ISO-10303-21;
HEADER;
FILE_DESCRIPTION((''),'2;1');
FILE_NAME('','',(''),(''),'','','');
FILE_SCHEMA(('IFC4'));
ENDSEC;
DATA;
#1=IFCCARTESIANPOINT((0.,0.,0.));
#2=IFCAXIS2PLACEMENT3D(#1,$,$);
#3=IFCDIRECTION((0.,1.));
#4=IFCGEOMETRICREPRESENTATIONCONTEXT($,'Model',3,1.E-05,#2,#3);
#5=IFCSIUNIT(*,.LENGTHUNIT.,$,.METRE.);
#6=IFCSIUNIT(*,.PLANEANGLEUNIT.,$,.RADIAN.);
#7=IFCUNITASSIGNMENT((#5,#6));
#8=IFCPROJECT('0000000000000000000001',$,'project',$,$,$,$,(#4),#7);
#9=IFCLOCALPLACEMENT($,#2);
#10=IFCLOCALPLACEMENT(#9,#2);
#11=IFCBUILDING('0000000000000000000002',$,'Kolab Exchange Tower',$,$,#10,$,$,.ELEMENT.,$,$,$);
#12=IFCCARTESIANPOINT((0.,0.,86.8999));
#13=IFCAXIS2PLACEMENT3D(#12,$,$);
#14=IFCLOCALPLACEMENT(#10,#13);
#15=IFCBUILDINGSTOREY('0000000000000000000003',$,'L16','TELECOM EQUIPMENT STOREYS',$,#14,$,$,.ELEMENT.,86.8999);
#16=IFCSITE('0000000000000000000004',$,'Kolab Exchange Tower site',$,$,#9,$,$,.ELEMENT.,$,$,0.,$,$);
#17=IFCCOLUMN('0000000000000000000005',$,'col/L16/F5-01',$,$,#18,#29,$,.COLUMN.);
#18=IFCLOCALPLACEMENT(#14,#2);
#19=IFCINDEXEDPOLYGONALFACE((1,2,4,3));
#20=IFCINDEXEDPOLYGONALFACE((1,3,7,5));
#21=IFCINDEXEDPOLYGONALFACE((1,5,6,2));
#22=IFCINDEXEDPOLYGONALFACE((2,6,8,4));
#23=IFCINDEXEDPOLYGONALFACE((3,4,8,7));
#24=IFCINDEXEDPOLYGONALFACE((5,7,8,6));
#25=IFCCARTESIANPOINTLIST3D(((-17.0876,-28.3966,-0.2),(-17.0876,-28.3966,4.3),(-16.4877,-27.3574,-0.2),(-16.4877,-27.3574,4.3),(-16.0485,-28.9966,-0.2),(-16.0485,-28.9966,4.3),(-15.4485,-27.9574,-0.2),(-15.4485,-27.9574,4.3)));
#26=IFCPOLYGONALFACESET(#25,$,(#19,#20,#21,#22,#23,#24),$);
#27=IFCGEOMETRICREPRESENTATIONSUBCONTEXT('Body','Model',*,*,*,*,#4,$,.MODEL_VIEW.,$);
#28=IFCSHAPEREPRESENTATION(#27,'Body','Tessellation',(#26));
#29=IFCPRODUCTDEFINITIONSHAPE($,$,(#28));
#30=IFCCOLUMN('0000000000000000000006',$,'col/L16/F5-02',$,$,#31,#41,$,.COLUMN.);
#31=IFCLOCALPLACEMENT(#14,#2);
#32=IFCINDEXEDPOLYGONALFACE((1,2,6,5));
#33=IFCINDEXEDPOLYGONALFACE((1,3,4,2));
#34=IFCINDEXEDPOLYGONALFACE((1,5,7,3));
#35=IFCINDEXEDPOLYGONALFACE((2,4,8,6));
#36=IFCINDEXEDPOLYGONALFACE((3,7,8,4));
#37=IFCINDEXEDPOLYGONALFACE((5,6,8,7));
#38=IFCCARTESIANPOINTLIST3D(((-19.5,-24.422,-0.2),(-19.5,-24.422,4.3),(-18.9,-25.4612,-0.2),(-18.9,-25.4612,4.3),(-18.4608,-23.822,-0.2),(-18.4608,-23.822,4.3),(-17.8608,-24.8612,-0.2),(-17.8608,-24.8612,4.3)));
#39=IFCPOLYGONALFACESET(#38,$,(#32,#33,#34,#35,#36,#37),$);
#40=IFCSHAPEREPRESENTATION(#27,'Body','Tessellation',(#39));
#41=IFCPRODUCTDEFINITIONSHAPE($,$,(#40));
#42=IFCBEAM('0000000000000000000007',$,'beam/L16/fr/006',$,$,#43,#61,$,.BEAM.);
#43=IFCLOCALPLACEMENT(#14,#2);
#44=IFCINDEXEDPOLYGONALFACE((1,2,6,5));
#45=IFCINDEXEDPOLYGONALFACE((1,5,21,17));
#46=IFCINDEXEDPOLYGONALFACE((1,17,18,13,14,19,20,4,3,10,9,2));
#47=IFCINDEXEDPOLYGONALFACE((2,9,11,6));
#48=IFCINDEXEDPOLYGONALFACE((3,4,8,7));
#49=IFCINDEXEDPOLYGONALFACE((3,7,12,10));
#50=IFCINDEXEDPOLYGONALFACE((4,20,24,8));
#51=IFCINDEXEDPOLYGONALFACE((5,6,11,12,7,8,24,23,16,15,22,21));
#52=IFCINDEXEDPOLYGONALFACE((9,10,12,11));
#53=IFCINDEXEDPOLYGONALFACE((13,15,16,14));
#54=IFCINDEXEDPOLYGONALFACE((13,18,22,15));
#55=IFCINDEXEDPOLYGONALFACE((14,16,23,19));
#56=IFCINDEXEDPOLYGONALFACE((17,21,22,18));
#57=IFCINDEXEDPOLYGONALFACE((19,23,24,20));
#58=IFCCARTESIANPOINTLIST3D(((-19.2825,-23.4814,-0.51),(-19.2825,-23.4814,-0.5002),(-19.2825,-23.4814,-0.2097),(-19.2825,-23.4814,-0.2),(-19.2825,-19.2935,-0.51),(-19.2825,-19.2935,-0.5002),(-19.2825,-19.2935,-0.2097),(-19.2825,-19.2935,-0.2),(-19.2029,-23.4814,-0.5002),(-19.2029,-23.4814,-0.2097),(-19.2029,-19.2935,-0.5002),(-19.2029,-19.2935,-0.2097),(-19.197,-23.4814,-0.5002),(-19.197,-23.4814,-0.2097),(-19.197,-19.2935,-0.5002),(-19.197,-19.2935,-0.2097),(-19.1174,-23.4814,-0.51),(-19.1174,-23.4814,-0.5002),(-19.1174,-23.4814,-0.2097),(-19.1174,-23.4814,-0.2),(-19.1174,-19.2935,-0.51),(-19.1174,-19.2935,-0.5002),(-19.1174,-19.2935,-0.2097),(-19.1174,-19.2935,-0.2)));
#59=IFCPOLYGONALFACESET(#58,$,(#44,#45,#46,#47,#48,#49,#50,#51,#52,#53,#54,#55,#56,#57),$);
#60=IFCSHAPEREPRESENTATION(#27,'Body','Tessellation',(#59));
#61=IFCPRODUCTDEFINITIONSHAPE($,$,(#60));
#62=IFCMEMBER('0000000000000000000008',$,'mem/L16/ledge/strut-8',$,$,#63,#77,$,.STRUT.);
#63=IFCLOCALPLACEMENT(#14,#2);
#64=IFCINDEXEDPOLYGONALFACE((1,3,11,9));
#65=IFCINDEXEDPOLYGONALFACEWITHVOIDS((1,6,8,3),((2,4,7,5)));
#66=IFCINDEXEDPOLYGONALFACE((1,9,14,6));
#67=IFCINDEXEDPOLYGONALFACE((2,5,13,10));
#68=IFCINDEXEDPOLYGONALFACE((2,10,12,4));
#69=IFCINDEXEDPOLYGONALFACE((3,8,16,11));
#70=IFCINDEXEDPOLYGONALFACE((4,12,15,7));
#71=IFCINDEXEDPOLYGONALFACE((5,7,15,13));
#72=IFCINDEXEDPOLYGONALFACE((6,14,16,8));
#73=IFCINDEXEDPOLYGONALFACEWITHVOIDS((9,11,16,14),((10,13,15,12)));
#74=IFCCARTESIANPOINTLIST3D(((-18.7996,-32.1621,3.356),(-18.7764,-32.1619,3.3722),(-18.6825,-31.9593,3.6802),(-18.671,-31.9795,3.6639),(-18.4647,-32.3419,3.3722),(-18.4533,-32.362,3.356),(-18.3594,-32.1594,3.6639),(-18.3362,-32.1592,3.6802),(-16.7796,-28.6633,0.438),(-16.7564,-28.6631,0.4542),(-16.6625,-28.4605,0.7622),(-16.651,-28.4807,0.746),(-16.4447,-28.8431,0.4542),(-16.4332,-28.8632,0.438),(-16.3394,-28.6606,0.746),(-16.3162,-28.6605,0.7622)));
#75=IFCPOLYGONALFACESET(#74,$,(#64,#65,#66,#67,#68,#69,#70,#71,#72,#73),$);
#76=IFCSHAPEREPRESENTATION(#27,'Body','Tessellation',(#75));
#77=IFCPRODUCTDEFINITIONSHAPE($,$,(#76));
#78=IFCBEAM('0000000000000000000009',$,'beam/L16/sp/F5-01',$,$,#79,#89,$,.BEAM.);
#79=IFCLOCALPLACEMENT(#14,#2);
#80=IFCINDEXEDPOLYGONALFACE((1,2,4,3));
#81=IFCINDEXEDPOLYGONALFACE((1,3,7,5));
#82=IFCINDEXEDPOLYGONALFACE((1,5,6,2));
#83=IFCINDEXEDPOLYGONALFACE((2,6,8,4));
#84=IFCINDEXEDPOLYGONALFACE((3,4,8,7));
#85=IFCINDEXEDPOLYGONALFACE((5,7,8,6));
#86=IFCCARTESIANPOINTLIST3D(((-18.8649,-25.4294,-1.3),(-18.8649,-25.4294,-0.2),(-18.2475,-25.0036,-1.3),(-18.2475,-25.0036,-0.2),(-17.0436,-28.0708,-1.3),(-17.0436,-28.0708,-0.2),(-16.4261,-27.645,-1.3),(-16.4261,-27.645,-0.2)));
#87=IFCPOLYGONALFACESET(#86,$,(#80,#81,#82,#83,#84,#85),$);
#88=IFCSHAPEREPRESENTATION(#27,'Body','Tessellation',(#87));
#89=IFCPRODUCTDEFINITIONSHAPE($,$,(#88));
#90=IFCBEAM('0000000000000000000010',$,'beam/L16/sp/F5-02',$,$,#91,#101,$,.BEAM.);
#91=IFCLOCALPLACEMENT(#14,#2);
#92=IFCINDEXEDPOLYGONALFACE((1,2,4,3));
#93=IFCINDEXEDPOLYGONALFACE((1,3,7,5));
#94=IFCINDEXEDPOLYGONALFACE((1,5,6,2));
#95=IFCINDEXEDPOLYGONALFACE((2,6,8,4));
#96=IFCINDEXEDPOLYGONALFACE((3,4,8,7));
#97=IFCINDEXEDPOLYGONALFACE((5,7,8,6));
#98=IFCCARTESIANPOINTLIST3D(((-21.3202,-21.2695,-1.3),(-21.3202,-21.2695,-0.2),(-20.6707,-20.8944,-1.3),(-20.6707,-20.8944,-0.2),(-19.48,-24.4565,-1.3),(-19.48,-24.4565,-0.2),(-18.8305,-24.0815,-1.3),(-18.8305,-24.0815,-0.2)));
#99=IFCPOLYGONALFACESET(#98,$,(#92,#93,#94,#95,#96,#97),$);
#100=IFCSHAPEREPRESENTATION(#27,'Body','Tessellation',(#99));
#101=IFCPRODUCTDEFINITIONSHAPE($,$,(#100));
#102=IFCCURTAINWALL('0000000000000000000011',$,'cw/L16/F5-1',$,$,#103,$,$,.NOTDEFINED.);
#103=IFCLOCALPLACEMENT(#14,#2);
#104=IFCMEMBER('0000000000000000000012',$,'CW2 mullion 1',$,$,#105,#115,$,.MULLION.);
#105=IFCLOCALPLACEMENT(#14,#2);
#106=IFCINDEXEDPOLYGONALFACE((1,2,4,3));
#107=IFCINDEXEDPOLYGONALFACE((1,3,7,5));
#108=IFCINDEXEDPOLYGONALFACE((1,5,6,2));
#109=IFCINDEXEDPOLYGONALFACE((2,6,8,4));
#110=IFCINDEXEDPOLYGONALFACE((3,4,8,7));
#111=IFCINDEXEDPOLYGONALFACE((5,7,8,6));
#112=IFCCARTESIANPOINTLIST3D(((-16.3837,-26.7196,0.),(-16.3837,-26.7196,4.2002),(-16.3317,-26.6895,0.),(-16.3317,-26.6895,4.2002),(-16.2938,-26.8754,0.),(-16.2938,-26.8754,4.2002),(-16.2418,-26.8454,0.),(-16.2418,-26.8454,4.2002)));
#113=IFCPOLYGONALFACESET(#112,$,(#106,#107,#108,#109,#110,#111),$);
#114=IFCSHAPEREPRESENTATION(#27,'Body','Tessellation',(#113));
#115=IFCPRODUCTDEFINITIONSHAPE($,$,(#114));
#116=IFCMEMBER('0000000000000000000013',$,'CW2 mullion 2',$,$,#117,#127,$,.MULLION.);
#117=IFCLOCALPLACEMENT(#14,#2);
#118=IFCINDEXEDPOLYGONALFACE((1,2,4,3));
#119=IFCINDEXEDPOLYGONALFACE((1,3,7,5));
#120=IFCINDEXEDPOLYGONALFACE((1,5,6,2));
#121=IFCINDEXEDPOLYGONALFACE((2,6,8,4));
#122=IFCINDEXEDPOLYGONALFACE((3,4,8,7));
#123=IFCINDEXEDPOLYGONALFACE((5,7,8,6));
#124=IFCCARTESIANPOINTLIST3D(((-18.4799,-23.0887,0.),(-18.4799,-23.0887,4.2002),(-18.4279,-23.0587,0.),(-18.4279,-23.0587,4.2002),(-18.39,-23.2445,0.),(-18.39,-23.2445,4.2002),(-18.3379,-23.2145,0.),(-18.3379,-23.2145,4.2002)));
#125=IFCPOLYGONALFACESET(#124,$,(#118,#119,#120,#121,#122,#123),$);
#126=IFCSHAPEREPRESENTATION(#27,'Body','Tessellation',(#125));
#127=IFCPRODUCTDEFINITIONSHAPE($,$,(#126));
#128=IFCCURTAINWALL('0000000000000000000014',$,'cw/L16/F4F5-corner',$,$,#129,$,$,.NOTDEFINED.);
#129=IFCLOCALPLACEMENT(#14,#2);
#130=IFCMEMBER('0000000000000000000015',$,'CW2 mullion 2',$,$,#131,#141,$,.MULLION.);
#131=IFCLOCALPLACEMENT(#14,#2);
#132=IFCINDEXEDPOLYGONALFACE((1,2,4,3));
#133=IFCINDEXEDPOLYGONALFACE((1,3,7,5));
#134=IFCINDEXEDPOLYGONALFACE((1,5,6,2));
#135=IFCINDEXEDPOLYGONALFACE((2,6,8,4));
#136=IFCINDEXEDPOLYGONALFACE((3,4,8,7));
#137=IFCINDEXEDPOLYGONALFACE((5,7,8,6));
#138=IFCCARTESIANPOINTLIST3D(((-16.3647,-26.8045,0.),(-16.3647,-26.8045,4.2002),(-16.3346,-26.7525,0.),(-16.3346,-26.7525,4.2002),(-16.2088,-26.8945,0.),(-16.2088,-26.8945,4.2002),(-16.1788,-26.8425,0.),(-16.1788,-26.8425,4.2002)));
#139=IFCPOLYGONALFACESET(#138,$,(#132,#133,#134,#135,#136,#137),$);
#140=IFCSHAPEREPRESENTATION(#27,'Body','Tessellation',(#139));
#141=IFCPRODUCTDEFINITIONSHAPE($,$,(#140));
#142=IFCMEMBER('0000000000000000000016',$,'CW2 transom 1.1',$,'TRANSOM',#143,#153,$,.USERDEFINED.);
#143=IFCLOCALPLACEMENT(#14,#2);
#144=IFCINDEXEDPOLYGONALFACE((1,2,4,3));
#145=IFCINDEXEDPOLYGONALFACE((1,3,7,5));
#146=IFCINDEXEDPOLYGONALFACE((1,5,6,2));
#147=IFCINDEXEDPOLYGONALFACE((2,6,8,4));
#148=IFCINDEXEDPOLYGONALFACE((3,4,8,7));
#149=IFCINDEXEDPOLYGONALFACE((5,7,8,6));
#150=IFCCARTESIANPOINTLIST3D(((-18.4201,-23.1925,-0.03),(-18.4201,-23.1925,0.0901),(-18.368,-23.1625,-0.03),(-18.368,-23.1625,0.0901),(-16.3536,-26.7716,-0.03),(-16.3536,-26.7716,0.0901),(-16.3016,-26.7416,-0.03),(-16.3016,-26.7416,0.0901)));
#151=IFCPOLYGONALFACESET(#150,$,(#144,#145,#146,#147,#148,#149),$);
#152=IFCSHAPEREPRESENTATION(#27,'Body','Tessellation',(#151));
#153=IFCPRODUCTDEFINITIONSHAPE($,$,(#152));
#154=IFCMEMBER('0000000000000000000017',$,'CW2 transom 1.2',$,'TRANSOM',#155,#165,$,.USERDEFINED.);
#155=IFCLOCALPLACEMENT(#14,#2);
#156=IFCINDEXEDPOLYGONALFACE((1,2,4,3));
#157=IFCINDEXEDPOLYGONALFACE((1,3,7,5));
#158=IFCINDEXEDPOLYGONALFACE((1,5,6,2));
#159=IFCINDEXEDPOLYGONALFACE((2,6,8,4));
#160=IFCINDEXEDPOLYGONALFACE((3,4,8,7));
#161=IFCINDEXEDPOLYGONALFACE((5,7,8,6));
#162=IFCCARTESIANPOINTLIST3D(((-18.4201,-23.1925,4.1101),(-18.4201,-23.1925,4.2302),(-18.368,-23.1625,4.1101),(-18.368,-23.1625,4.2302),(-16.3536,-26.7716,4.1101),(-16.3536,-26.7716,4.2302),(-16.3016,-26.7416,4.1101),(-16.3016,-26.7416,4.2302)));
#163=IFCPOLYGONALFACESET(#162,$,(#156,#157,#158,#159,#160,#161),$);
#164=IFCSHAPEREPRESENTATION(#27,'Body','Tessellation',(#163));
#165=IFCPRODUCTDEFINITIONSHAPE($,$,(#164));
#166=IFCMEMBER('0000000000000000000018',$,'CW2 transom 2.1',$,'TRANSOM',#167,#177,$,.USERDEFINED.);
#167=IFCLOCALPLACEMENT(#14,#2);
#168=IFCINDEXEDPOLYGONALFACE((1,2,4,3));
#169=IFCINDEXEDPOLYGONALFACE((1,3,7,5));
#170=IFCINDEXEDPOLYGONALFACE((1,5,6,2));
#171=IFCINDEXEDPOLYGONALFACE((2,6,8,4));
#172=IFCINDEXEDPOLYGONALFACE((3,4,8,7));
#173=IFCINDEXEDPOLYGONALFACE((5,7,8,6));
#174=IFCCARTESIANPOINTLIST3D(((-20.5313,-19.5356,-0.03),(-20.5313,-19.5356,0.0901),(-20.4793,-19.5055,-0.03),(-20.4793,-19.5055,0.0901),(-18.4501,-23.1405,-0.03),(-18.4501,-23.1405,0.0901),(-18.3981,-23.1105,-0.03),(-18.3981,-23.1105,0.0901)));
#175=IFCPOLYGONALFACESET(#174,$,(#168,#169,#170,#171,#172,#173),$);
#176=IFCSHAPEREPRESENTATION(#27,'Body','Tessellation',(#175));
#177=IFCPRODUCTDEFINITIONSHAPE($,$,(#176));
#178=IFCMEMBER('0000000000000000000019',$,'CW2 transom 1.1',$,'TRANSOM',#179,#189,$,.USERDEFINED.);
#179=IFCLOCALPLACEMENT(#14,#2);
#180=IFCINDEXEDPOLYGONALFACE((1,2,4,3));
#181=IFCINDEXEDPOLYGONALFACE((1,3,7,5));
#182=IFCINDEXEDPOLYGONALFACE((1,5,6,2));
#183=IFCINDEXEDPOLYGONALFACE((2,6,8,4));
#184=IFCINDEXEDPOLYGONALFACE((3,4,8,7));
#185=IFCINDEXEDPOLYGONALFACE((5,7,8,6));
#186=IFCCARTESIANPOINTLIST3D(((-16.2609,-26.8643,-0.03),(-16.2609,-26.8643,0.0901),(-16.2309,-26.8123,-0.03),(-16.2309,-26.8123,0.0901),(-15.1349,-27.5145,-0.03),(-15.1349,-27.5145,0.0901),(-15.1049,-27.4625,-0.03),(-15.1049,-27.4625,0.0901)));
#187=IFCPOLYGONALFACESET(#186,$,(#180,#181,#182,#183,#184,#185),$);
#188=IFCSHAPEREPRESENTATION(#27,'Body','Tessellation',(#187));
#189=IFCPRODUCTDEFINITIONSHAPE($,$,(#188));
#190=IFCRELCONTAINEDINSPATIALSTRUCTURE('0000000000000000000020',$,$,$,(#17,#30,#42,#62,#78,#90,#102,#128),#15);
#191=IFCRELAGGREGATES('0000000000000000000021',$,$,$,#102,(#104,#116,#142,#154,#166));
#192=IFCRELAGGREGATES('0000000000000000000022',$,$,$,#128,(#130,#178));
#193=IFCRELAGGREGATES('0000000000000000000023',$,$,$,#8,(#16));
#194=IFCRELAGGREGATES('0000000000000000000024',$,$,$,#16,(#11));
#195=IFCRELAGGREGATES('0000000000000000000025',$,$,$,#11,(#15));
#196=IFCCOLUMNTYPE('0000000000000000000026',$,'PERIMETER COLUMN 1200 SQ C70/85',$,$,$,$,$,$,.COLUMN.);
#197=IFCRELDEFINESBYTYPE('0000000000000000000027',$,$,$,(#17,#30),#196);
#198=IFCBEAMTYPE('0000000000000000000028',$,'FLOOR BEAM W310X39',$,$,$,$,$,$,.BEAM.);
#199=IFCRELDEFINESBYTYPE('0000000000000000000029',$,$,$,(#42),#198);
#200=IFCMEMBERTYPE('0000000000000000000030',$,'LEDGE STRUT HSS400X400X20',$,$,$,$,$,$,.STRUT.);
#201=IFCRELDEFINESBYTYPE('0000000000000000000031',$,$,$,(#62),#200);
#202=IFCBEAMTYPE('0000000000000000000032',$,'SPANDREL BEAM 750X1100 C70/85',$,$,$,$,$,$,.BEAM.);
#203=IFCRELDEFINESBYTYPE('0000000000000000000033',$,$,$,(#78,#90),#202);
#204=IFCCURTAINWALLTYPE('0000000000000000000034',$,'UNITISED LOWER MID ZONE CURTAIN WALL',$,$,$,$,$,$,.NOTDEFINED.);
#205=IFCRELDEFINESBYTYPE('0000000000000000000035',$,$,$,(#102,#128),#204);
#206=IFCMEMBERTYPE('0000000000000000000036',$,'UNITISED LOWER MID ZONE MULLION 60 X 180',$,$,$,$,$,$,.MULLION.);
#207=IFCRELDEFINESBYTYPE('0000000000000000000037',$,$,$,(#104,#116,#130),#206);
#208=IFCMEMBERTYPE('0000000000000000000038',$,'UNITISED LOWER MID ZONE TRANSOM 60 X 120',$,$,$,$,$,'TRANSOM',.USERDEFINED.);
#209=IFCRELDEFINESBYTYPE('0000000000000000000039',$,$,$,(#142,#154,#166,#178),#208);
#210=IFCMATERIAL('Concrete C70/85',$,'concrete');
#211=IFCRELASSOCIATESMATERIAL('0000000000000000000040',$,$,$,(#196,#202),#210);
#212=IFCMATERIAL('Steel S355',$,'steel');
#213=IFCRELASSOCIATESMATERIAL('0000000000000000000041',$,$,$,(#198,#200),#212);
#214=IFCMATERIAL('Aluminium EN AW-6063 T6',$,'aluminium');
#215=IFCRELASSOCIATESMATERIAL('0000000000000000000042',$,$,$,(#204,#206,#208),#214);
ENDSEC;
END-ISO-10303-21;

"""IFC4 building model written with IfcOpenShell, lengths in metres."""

from ifc_helpers import new_model, si_unit, direction, frame, origin, origin_2d, place, context, subcontext, project, spatial, rectangle, hollow_rectangle, i_section, extrude, material, material_profile, profile_set, type_object, element, aggregate, save


model = new_model("IFC4")

# Units and contexts
model_context = context("Model", 3, precision=1e-05, world=origin(), true_north=direction((0.0, 1.0)))
body_context = subcontext(model_context, "Body", "Model", "MODEL_VIEW")
ifc_project = project(units=[si_unit("LENGTHUNIT", "METRE"), si_unit("PLANEANGLEUNIT", "RADIAN")], contexts=[model_context])

# Site, building, storey
site_placement = place(None, origin())
site = spatial("IfcSite", under=ifc_project, at=site_placement, Name="Kolab Exchange Tower site", CompositionType="ELEMENT", RefElevation=0.0)
building_placement = place(site_placement, origin())
building = spatial("IfcBuilding", under=site, at=building_placement, Name="Kolab Exchange Tower", CompositionType="ELEMENT")
storey_placement = place(building_placement, frame((0.0, 0.0, 86.8999)))
storey = spatial("IfcBuildingStorey", under=building, at=storey_placement, Name="L16", Description="TELECOM EQUIPMENT STOREYS", CompositionType="ELEMENT", Elevation=86.8999)

# Columns
ifc_material_1 = material(Name="Concrete C70/85", Category="concrete")
ifc_material_profile_1 = material_profile(ifc_material_1, rectangle(XDim=1.2, YDim=1.2, at=origin_2d()), Name="RC1200")
ifc_profile_set_1 = profile_set([ifc_material_profile_1], Name="Concrete C70/85")
column_type = type_object("IfcColumnType", Name="PERIMETER COLUMN 1200 SQ C70/85", PredefinedType="COLUMN", material=ifc_profile_set_1)
for number, where, z_axis, x_axis, name in (
    (1, (-16.2681, -28.177, -0.2), (0.0, 0.0, 1.0), (0.5, 0.866025, 0.0), "col/L16/F5-01"),
    (2, (-18.6804, -24.6416, -0.2), (0.0, 0.0, 1.0), (0.866025, 0.5, 0.0), "col/L16/F5-02"),
):
    element("IfcColumn", number, at=place(storey_placement, frame(where, z_axis=z_axis, x_axis=x_axis)), inside=storey, type_object=column_type, Name=name, PredefinedType="COLUMN", context=body_context, shape_type="SweptSolid", body=[
        extrude(rectangle(XDim=1.2, YDim=1.2, at=origin_2d()), origin(), (0.0, 0.0, 1.0), 4.5),
    ])

# Beam
ifc_material_2 = material(Name="Steel S355", Category="steel")
ifc_material_profile_2 = material_profile(ifc_material_2, i_section(OverallWidth=0.165, OverallDepth=0.3101, WebThickness=0.0059, FlangeThickness=0.0098, at=origin_2d()), Name="W310X39")
ifc_profile_set_2 = profile_set([ifc_material_profile_2], Name="Steel S355")
beam_type_1 = type_object("IfcBeamType", Name="FLOOR BEAM W310X39", PredefinedType="BEAM", material=ifc_profile_set_2)
beam_1_placement = place(storey_placement, frame((-19.2, -23.4814, -0.355), z_axis=(0.0, 1.0, 0.0), x_axis=(-1.0, 0.0, 0.0)))
element("IfcBeam", 3, at=beam_1_placement, inside=storey, type_object=beam_type_1, Name="beam/L16/fr/006", PredefinedType="BEAM", context=body_context, shape_type="SweptSolid", body=[
    extrude(i_section(OverallWidth=0.165, OverallDepth=0.3101, WebThickness=0.0059, FlangeThickness=0.0098, at=origin_2d()), origin(), (0.0, 0.0, 1.0), 4.188),
])

# Member
ifc_material_profile_3 = material_profile(ifc_material_2, hollow_rectangle(XDim=0.3999, YDim=0.3999, WallThickness=0.02, at=origin_2d()), Name="HSS400X400X20")
ifc_profile_set_3 = profile_set([ifc_material_profile_3], Name="Steel S355")
member_type_1 = type_object("IfcMemberType", Name="LEDGE STRUT HSS400X400X20", PredefinedType="STRUT", material=ifc_profile_set_3)
member_1_placement = place(storey_placement, frame((-16.5479, -28.6619, 0.6001), z_axis=(-0.405332, -0.702056, 0.585512), x_axis=(0.866026, -0.5, 0.0)))
element("IfcMember", 4, at=member_1_placement, inside=storey, type_object=member_type_1, Name="mem/L16/ledge/strut-8", PredefinedType="STRUT", context=body_context, shape_type="SweptSolid", body=[
    extrude(hollow_rectangle(XDim=0.3999, YDim=0.3999, WallThickness=0.02, at=origin_2d()), origin(), (0.0, 0.0, 1.0), 4.9836),
])

# Beams
ifc_material_profile_4 = material_profile(ifc_material_1, rectangle(XDim=0.75, YDim=1.1001, at=origin_2d()), Name="RC750X1100")
ifc_profile_set_4 = profile_set([ifc_material_profile_4], Name="Concrete C70/85")
beam_type_2 = type_object("IfcBeamType", Name="SPANDREL BEAM 750X1100 C70/85", PredefinedType="BEAM", material=ifc_profile_set_4)
beam_2_placement = place(storey_placement, frame((-16.7349, -27.8579, -0.75), z_axis=(-0.567662, 0.823262, 0.0), x_axis=(-0.823262, -0.567662, 0.0)))
element("IfcBeam", 5, at=beam_2_placement, inside=storey, type_object=beam_type_2, Name="beam/L16/sp/F5-01", PredefinedType="BEAM", context=body_context, shape_type="SweptSolid", body=[
    extrude(rectangle(XDim=0.75, YDim=1.1001, at=origin_2d()), origin(), (0.0, 0.0, 1.0), 3.2085),
])
beam_3_placement = place(storey_placement, frame((-19.1553, -24.269, -0.75), z_axis=(-0.500013, 0.866018, 0.0), x_axis=(-0.866018, -0.500013, 0.0)))
element("IfcBeam", 6, at=beam_3_placement, inside=storey, type_object=beam_type_2, Name="beam/L16/sp/F5-02", PredefinedType="BEAM", context=body_context, shape_type="SweptSolid", body=[
    extrude(rectangle(XDim=0.75, YDim=1.1001, at=origin_2d()), origin(), (0.0, 0.0, 1.0), 3.6802),
])

# Curtain wall, members
ifc_material_3 = material(Name="Aluminium EN AW-6063 T6", Category="aluminium")
curtain_wall_type = type_object("IfcCurtainWallType", Name="UNITISED LOWER MID ZONE CURTAIN WALL", PredefinedType="NOTDEFINED", material=ifc_material_3)
curtain_wall_1_placement = place(storey_placement, origin())
curtain_wall_1 = element("IfcCurtainWall", 7, at=curtain_wall_1_placement, inside=storey, type_object=curtain_wall_type, Name="cw/L16/F5-1", PredefinedType="NOTDEFINED")
ifc_material_profile_5 = material_profile(ifc_material_3, rectangle(XDim=0.0601, YDim=0.1799, at=origin_2d()), Name="RECT 60X180")
ifc_profile_set_5 = profile_set([ifc_material_profile_5], Name="Aluminium EN AW-6063 T6")
member_type_2 = type_object("IfcMemberType", Name="UNITISED LOWER MID ZONE MULLION 60 X 180", PredefinedType="MULLION", material=ifc_profile_set_5)
member_2_placement = place(storey_placement, frame((-16.3127, -26.7825, 0.0), z_axis=(0.0, 0.0, 1.0), x_axis=(-0.866025, -0.5, 0.0)))
member_2 = element("IfcMember", 8, at=member_2_placement, type_object=member_type_2, Name="CW2 mullion 1", PredefinedType="MULLION", context=body_context, shape_type="SweptSolid", body=[
    extrude(rectangle(XDim=0.0601, YDim=0.1799, at=origin_2d()), origin(), (0.0, 0.0, 1.0), 4.2002),
])
member_3_placement = place(storey_placement, frame((-18.4089, -23.1516, 0.0), z_axis=(0.0, 0.0, 1.0), x_axis=(-0.866025, -0.5, 0.0)))
member_3 = element("IfcMember", 9, at=member_3_placement, type_object=member_type_2, Name="CW2 mullion 2", PredefinedType="MULLION", context=body_context, shape_type="SweptSolid", body=[
    extrude(rectangle(XDim=0.0601, YDim=0.1799, at=origin_2d()), origin(), (0.0, 0.0, 1.0), 4.2002),
])

# Curtain wall, member
curtain_wall_2_placement = place(storey_placement, origin())
curtain_wall_2 = element("IfcCurtainWall", 10, at=curtain_wall_2_placement, inside=storey, type_object=curtain_wall_type, Name="cw/L16/F4F5-corner", PredefinedType="NOTDEFINED")
member_4_placement = place(storey_placement, frame((-16.2717, -26.8235, 0.0), z_axis=(0.0, 0.0, 1.0), x_axis=(-0.5, -0.866025, 0.0)))
member_4 = element("IfcMember", 11, at=member_4_placement, type_object=member_type_2, Name="CW2 mullion 2", PredefinedType="MULLION", context=body_context, shape_type="SweptSolid", body=[
    extrude(rectangle(XDim=0.0601, YDim=0.1799, at=origin_2d()), origin(), (0.0, 0.0, 1.0), 4.2002),
])

# Members
ifc_material_profile_6 = material_profile(ifc_material_3, rectangle(XDim=0.0601, YDim=0.1201, at=origin_2d()), Name="RECT 60X120")
ifc_profile_set_6 = profile_set([ifc_material_profile_6], Name="Aluminium EN AW-6063 T6")
member_type_3 = type_object("IfcMemberType", Name="UNITISED LOWER MID ZONE TRANSOM 60 X 120", ElementType="TRANSOM", PredefinedType="USERDEFINED", material=ifc_profile_set_6)
member_5_placement = place(storey_placement, frame((-16.3276, -26.7566, 0.03), z_axis=(-0.500002, 0.866024, 0.0), x_axis=(-0.866024, -0.500002, 0.0)))
member_5 = element("IfcMember", 12, at=member_5_placement, type_object=member_type_3, Name="CW2 transom 1.1", ObjectType="TRANSOM", PredefinedType="USERDEFINED", context=body_context, shape_type="SweptSolid", body=[
    extrude(rectangle(XDim=0.0601, YDim=0.1201, at=origin_2d()), origin(), (0.0, 0.0, 1.0), 4.1328),
])
member_6_placement = place(storey_placement, frame((-16.3276, -26.7566, 4.1702), z_axis=(-0.500002, 0.866024, 0.0), x_axis=(-0.866024, -0.500002, 0.0)))
member_6 = element("IfcMember", 13, at=member_6_placement, type_object=member_type_3, Name="CW2 transom 1.2", ObjectType="TRANSOM", PredefinedType="USERDEFINED", context=body_context, shape_type="SweptSolid", body=[
    extrude(rectangle(XDim=0.0601, YDim=0.1201, at=origin_2d()), origin(), (0.0, 0.0, 1.0), 4.1328),
])
member_7_placement = place(storey_placement, frame((-18.4241, -23.1255, 0.03), z_axis=(-0.499993, 0.866029, 0.0), x_axis=(-0.866029, -0.499993, 0.0)))
member_7 = element("IfcMember", 14, at=member_7_placement, type_object=member_type_3, Name="CW2 transom 2.1", ObjectType="TRANSOM", PredefinedType="USERDEFINED", context=body_context, shape_type="SweptSolid", body=[
    extrude(rectangle(XDim=0.0601, YDim=0.1201, at=origin_2d()), origin(), (0.0, 0.0, 1.0), 4.1626),
])
member_8_placement = place(storey_placement, frame((-15.1199, -27.4885, 0.03), z_axis=(-0.866004, 0.500037, 0.0), x_axis=(-0.500037, -0.866004, 0.0)))
member_8 = element("IfcMember", 15, at=member_8_placement, type_object=member_type_3, Name="CW2 transom 1.1", ObjectType="TRANSOM", PredefinedType="USERDEFINED", context=body_context, shape_type="SweptSolid", body=[
    extrude(rectangle(XDim=0.0601, YDim=0.1201, at=origin_2d()), origin(), (0.0, 0.0, 1.0), 1.3003),
])

aggregate(curtain_wall_1, [member_2, member_3, member_5, member_6, member_7])
aggregate(curtain_wall_2, [member_4, member_8])

save(model, "model.ifc")
